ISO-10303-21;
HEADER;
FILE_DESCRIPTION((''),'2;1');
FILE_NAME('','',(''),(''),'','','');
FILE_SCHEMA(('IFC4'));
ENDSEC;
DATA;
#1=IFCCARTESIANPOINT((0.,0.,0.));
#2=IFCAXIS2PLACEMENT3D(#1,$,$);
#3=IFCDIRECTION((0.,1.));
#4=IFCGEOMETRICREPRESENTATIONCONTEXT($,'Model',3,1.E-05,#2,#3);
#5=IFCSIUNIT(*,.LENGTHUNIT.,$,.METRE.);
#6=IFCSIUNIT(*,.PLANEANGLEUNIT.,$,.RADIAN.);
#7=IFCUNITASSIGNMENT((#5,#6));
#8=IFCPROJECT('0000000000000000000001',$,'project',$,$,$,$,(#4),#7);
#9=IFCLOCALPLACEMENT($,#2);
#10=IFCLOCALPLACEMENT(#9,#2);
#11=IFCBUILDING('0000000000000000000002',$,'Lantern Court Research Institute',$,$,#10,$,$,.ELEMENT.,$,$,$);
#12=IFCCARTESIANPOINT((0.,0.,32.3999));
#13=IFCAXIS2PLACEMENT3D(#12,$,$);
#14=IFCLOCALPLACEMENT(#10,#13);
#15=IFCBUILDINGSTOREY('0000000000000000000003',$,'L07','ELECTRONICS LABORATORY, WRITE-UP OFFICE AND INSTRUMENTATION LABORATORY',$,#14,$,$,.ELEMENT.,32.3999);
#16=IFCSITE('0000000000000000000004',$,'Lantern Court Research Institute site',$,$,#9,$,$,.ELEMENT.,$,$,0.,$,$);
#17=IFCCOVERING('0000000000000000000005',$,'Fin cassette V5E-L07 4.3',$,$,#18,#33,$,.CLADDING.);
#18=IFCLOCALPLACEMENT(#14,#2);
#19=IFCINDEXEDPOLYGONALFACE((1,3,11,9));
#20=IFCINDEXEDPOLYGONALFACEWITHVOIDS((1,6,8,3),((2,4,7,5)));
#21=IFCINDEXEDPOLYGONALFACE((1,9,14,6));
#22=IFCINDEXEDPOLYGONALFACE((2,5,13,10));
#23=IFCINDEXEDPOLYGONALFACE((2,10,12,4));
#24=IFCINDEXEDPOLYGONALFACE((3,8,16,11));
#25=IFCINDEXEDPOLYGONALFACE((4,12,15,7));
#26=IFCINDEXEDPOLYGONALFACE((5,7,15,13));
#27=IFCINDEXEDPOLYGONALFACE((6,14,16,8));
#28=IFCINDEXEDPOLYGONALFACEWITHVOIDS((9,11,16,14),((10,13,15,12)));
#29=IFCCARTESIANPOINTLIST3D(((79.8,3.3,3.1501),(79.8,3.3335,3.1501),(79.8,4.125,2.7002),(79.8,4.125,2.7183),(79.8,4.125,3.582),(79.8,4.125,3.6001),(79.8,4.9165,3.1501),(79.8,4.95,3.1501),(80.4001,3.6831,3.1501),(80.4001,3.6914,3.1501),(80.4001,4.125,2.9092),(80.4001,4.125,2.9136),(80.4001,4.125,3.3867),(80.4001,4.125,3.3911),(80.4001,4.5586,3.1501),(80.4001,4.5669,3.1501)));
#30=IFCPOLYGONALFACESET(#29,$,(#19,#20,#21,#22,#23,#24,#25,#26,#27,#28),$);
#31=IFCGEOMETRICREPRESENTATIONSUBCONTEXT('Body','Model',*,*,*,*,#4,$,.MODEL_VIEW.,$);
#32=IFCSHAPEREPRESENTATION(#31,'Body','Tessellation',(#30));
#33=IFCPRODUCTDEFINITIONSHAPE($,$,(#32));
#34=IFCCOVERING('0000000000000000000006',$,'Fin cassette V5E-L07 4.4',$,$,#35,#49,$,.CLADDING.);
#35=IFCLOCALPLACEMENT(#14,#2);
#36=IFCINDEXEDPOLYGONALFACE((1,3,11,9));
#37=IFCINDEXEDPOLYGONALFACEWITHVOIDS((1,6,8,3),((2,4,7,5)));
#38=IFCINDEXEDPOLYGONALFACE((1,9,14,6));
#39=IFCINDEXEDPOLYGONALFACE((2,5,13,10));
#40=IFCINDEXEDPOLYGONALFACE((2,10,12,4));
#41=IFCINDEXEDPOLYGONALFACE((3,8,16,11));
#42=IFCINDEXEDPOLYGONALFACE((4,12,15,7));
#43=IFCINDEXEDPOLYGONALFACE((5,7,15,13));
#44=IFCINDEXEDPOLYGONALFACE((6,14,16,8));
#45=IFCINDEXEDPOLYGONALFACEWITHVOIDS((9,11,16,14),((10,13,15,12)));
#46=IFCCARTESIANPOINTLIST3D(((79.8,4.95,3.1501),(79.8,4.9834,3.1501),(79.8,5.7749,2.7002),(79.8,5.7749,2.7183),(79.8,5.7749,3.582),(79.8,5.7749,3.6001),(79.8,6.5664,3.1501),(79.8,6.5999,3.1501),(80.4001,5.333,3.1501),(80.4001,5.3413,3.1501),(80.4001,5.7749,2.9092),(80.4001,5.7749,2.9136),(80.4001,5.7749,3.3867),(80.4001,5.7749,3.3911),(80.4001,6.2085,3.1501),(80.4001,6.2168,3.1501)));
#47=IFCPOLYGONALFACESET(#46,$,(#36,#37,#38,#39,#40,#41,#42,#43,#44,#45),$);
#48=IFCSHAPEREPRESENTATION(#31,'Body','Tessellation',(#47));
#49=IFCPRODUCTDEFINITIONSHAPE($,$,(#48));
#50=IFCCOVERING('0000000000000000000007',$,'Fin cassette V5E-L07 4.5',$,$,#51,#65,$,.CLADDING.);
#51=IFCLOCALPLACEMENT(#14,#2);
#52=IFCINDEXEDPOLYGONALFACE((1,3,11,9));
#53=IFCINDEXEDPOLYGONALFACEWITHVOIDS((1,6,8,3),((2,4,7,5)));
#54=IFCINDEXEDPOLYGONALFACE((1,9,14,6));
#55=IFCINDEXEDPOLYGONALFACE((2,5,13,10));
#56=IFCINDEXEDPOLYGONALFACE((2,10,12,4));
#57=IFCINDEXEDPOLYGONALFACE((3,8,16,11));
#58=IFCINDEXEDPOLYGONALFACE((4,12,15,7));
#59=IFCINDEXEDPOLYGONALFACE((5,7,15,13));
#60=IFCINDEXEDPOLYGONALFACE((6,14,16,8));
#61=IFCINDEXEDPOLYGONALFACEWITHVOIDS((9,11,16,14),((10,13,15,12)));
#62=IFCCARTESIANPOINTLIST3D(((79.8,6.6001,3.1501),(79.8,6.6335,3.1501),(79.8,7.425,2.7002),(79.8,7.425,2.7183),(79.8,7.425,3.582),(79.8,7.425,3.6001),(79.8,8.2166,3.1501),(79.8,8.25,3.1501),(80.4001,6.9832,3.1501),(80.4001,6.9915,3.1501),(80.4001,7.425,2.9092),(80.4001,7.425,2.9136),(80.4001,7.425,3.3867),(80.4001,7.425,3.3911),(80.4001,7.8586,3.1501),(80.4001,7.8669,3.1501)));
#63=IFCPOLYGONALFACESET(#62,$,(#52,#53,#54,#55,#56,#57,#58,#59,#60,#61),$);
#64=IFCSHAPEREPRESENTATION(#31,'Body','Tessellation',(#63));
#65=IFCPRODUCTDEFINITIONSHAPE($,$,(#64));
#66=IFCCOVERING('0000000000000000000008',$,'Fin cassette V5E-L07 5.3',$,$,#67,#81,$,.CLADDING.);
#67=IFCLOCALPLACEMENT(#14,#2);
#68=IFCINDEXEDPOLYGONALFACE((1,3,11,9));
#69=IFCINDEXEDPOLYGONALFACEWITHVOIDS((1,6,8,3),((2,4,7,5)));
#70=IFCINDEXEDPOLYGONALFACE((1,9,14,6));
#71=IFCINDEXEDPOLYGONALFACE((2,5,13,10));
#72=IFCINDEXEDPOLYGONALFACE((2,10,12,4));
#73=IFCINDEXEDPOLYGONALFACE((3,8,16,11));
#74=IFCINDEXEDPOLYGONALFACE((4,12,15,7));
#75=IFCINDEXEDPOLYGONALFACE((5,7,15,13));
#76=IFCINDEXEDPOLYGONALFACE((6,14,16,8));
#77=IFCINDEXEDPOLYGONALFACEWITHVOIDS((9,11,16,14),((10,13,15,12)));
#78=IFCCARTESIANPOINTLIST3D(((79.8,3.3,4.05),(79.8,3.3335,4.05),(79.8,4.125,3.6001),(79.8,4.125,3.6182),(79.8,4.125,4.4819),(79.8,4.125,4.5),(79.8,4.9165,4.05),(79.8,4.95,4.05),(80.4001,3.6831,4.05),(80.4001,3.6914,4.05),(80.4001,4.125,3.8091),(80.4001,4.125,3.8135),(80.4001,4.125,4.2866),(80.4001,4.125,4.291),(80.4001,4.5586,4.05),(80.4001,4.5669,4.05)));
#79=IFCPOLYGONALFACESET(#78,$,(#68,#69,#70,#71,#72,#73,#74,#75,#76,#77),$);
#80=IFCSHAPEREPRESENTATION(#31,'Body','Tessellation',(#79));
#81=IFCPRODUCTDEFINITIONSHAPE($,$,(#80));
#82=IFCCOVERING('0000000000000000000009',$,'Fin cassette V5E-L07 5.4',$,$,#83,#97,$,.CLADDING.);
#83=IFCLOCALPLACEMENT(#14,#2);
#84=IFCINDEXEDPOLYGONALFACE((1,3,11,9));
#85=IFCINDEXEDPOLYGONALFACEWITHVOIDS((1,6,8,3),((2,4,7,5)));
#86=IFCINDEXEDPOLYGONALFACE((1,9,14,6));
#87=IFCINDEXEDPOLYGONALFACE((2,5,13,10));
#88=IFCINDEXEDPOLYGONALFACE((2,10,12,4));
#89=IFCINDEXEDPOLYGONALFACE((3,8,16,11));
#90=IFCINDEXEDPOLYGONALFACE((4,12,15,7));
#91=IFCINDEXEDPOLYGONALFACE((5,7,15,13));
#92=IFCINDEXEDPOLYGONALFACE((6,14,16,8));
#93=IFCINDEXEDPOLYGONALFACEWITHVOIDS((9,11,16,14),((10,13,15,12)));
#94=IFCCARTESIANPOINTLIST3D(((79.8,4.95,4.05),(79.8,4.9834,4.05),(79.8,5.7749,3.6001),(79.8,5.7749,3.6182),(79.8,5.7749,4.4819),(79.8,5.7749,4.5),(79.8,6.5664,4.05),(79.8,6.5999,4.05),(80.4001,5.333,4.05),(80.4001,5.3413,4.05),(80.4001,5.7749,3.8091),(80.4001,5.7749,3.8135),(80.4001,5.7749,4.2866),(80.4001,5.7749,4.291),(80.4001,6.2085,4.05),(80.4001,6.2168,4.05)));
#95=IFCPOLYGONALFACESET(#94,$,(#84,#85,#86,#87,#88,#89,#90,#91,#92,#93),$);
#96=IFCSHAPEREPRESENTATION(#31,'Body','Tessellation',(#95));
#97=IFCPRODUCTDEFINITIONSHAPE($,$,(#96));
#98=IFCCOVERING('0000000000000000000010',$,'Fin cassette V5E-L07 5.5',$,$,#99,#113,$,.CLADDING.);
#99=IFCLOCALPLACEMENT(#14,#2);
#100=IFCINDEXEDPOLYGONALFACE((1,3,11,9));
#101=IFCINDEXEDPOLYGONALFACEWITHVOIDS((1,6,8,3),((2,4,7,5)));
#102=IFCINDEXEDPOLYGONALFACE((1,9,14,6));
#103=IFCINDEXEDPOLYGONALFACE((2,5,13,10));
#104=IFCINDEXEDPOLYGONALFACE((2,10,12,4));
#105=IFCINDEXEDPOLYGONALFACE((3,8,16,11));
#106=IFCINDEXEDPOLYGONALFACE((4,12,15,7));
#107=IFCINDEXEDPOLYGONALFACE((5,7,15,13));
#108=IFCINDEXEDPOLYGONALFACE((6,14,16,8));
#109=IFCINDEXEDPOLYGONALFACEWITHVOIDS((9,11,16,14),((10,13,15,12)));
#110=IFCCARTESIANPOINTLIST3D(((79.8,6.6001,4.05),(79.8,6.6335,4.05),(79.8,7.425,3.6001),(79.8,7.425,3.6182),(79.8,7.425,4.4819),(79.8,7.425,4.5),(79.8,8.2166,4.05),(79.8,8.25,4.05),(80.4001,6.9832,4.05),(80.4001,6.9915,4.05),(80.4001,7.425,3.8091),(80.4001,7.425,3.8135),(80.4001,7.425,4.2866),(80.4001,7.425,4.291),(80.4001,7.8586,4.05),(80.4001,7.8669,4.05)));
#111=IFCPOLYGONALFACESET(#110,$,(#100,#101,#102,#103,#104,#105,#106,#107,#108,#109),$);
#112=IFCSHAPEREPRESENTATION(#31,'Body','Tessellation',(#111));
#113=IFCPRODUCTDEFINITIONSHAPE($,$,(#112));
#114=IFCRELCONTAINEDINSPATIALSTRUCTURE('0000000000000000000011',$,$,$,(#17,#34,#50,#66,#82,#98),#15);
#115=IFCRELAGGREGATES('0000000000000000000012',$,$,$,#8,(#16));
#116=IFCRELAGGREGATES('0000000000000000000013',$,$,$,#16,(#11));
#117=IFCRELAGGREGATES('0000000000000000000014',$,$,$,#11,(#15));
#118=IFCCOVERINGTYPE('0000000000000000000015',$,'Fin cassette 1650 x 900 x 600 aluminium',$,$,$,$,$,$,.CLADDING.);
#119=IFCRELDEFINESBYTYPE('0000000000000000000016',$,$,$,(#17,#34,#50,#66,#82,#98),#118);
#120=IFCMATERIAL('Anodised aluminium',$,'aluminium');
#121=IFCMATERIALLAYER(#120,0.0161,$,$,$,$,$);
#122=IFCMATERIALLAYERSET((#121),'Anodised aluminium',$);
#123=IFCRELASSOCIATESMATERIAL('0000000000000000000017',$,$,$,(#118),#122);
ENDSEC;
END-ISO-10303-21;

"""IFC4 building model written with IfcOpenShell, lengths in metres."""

from ifc_helpers import new_model, entity, si_unit, direction, frame, origin, place, context, subcontext, project, spatial, material, layer, layer_set, type_object, element, save


model = new_model("IFC4")

# Units and contexts
model_context = context("Model", 3, precision=1e-05, world=origin(), true_north=direction((0.0, 1.0)))
body_context = subcontext(model_context, "Body", "Model", "MODEL_VIEW")
ifc_project = project(units=[si_unit("LENGTHUNIT", "METRE"), si_unit("PLANEANGLEUNIT", "RADIAN")], contexts=[model_context])

# Site, building, storey
site_placement = place(None, origin())
site = spatial("IfcSite", under=ifc_project, at=site_placement, Name="Lantern Court Research Institute site", CompositionType="ELEMENT", RefElevation=0.0)
building_placement = place(site_placement, origin())
building = spatial("IfcBuilding", under=site, at=building_placement, Name="Lantern Court Research Institute", CompositionType="ELEMENT")
storey_placement = place(building_placement, frame((0.0, 0.0, 32.3999)))
storey = spatial("IfcBuildingStorey", under=building, at=storey_placement, Name="L07", Description="ELECTRONICS LABORATORY, WRITE-UP OFFICE AND INSTRUMENTATION LABORATORY", CompositionType="ELEMENT", Elevation=32.3999)

# Coverings
ifc_material_1 = material(Name="Anodised aluminium", Category="aluminium")
ifc_layer_1 = layer(ifc_material_1, 0.0161)
ifc_layer_set_1 = layer_set([ifc_layer_1], Name="Anodised aluminium")
covering_type = type_object("IfcCoveringType", Name="Fin cassette 1650 x 900 x 600 aluminium", PredefinedType="CLADDING", material=ifc_layer_set_1)
covering_1_placement = place(storey_placement, frame((79.8, 4.125, 3.1501), z_axis=(1.0, 0.0, 0.0), x_axis=(0.0, 1.0, 0.0)))
cartesian_point_1 = entity("IfcCartesianPoint", [0.825, 0.0])
cartesian_point_2 = entity("IfcCartesianPoint", [0.7915, 0.0])
cartesian_point_3 = entity("IfcCartesianPoint", [0.4419, 0.0])
cartesian_point_4 = entity("IfcCartesianPoint", [0.4336, 0.0])
element("IfcCovering", 1, at=covering_1_placement, inside=storey, type_object=covering_type, Name="Fin cassette V5E-L07 4.3", PredefinedType="CLADDING", context=body_context, shape_type="SweptSolid", body=[
    entity("IfcExtrudedAreaSolidTapered", entity("IfcArbitraryProfileDefWithVoids", "AREA", None, entity("IfcPolyline", [cartesian_point_1, entity("IfcCartesianPoint", [0.0, 0.45]), entity("IfcCartesianPoint", [-0.825, 0.0]), entity("IfcCartesianPoint", [0.0, -0.45]), cartesian_point_1]), [entity("IfcPolyline", [cartesian_point_2, entity("IfcCartesianPoint", [0.0, 0.4319]), entity("IfcCartesianPoint", [-0.7915, 0.0]), entity("IfcCartesianPoint", [0.0, -0.4319]), cartesian_point_2])]), entity("IfcAxis2Placement3D", entity("IfcCartesianPoint", [0.0, 0.0, 0.0])), entity("IfcDirection", [0.0, 0.0, 1.0]), 0.6001, entity("IfcArbitraryProfileDefWithVoids", "AREA", None, entity("IfcPolyline", [cartesian_point_3, entity("IfcCartesianPoint", [0.0, 0.241]), entity("IfcCartesianPoint", [-0.4419, 0.0]), entity("IfcCartesianPoint", [0.0, -0.241]), cartesian_point_3]), [entity("IfcPolyline", [cartesian_point_4, entity("IfcCartesianPoint", [0.0, 0.2366]), entity("IfcCartesianPoint", [-0.4336, 0.0]), entity("IfcCartesianPoint", [0.0, -0.2366]), cartesian_point_4])])),
])
covering_2_placement = place(storey_placement, frame((79.8, 5.7749, 3.1501), z_axis=(1.0, 0.0, 0.0), x_axis=(0.0, 1.0, 0.0)))
cartesian_point_5 = entity("IfcCartesianPoint", [0.825, 0.0])
cartesian_point_6 = entity("IfcCartesianPoint", [0.7915, 0.0])
cartesian_point_7 = entity("IfcCartesianPoint", [0.4419, 0.0])
cartesian_point_8 = entity("IfcCartesianPoint", [0.4336, 0.0])
element("IfcCovering", 2, at=covering_2_placement, inside=storey, type_object=covering_type, Name="Fin cassette V5E-L07 4.4", PredefinedType="CLADDING", context=body_context, shape_type="SweptSolid", body=[
    entity("IfcExtrudedAreaSolidTapered", entity("IfcArbitraryProfileDefWithVoids", "AREA", None, entity("IfcPolyline", [cartesian_point_5, entity("IfcCartesianPoint", [0.0, 0.45]), entity("IfcCartesianPoint", [-0.825, 0.0]), entity("IfcCartesianPoint", [0.0, -0.45]), cartesian_point_5]), [entity("IfcPolyline", [cartesian_point_6, entity("IfcCartesianPoint", [0.0, 0.4319]), entity("IfcCartesianPoint", [-0.7915, 0.0]), entity("IfcCartesianPoint", [0.0, -0.4319]), cartesian_point_6])]), entity("IfcAxis2Placement3D", entity("IfcCartesianPoint", [0.0, 0.0, 0.0])), entity("IfcDirection", [0.0, 0.0, 1.0]), 0.6001, entity("IfcArbitraryProfileDefWithVoids", "AREA", None, entity("IfcPolyline", [cartesian_point_7, entity("IfcCartesianPoint", [0.0, 0.241]), entity("IfcCartesianPoint", [-0.4419, 0.0]), entity("IfcCartesianPoint", [0.0, -0.241]), cartesian_point_7]), [entity("IfcPolyline", [cartesian_point_8, entity("IfcCartesianPoint", [0.0, 0.2366]), entity("IfcCartesianPoint", [-0.4336, 0.0]), entity("IfcCartesianPoint", [0.0, -0.2366]), cartesian_point_8])])),
])
covering_3_placement = place(storey_placement, frame((79.8, 7.425, 3.1501), z_axis=(1.0, 0.0, 0.0), x_axis=(0.0, 1.0, 0.0)))
cartesian_point_9 = entity("IfcCartesianPoint", [0.825, 0.0])
cartesian_point_10 = entity("IfcCartesianPoint", [0.7915, 0.0])
cartesian_point_11 = entity("IfcCartesianPoint", [0.4419, 0.0])
cartesian_point_12 = entity("IfcCartesianPoint", [0.4336, 0.0])
element("IfcCovering", 3, at=covering_3_placement, inside=storey, type_object=covering_type, Name="Fin cassette V5E-L07 4.5", PredefinedType="CLADDING", context=body_context, shape_type="SweptSolid", body=[
    entity("IfcExtrudedAreaSolidTapered", entity("IfcArbitraryProfileDefWithVoids", "AREA", None, entity("IfcPolyline", [cartesian_point_9, entity("IfcCartesianPoint", [0.0, 0.45]), entity("IfcCartesianPoint", [-0.825, 0.0]), entity("IfcCartesianPoint", [0.0, -0.45]), cartesian_point_9]), [entity("IfcPolyline", [cartesian_point_10, entity("IfcCartesianPoint", [0.0, 0.4319]), entity("IfcCartesianPoint", [-0.7915, 0.0]), entity("IfcCartesianPoint", [0.0, -0.4319]), cartesian_point_10])]), entity("IfcAxis2Placement3D", entity("IfcCartesianPoint", [0.0, 0.0, 0.0])), entity("IfcDirection", [0.0, 0.0, 1.0]), 0.6001, entity("IfcArbitraryProfileDefWithVoids", "AREA", None, entity("IfcPolyline", [cartesian_point_11, entity("IfcCartesianPoint", [0.0, 0.241]), entity("IfcCartesianPoint", [-0.4419, 0.0]), entity("IfcCartesianPoint", [0.0, -0.241]), cartesian_point_11]), [entity("IfcPolyline", [cartesian_point_12, entity("IfcCartesianPoint", [0.0, 0.2366]), entity("IfcCartesianPoint", [-0.4336, 0.0]), entity("IfcCartesianPoint", [0.0, -0.2366]), cartesian_point_12])])),
])
covering_4_placement = place(storey_placement, frame((79.8, 4.125, 4.05), z_axis=(1.0, 0.0, 0.0), x_axis=(0.0, 1.0, 0.0)))
cartesian_point_13 = entity("IfcCartesianPoint", [0.825, 0.0])
cartesian_point_14 = entity("IfcCartesianPoint", [0.7915, 0.0])
cartesian_point_15 = entity("IfcCartesianPoint", [0.4419, 0.0])
cartesian_point_16 = entity("IfcCartesianPoint", [0.4336, 0.0])
element("IfcCovering", 4, at=covering_4_placement, inside=storey, type_object=covering_type, Name="Fin cassette V5E-L07 5.3", PredefinedType="CLADDING", context=body_context, shape_type="SweptSolid", body=[
    entity("IfcExtrudedAreaSolidTapered", entity("IfcArbitraryProfileDefWithVoids", "AREA", None, entity("IfcPolyline", [cartesian_point_13, entity("IfcCartesianPoint", [0.0, 0.45]), entity("IfcCartesianPoint", [-0.825, 0.0]), entity("IfcCartesianPoint", [0.0, -0.45]), cartesian_point_13]), [entity("IfcPolyline", [cartesian_point_14, entity("IfcCartesianPoint", [0.0, 0.4319]), entity("IfcCartesianPoint", [-0.7915, 0.0]), entity("IfcCartesianPoint", [0.0, -0.4319]), cartesian_point_14])]), entity("IfcAxis2Placement3D", entity("IfcCartesianPoint", [0.0, 0.0, 0.0])), entity("IfcDirection", [0.0, 0.0, 1.0]), 0.6001, entity("IfcArbitraryProfileDefWithVoids", "AREA", None, entity("IfcPolyline", [cartesian_point_15, entity("IfcCartesianPoint", [0.0, 0.241]), entity("IfcCartesianPoint", [-0.4419, 0.0]), entity("IfcCartesianPoint", [0.0, -0.241]), cartesian_point_15]), [entity("IfcPolyline", [cartesian_point_16, entity("IfcCartesianPoint", [0.0, 0.2366]), entity("IfcCartesianPoint", [-0.4336, 0.0]), entity("IfcCartesianPoint", [0.0, -0.2366]), cartesian_point_16])])),
])
covering_5_placement = place(storey_placement, frame((79.8, 5.7749, 4.05), z_axis=(1.0, 0.0, 0.0), x_axis=(0.0, 1.0, 0.0)))
cartesian_point_17 = entity("IfcCartesianPoint", [0.825, 0.0])
cartesian_point_18 = entity("IfcCartesianPoint", [0.7915, 0.0])
cartesian_point_19 = entity("IfcCartesianPoint", [0.4419, 0.0])
cartesian_point_20 = entity("IfcCartesianPoint", [0.4336, 0.0])
element("IfcCovering", 5, at=covering_5_placement, inside=storey, type_object=covering_type, Name="Fin cassette V5E-L07 5.4", PredefinedType="CLADDING", context=body_context, shape_type="SweptSolid", body=[
    entity("IfcExtrudedAreaSolidTapered", entity("IfcArbitraryProfileDefWithVoids", "AREA", None, entity("IfcPolyline", [cartesian_point_17, entity("IfcCartesianPoint", [0.0, 0.45]), entity("IfcCartesianPoint", [-0.825, 0.0]), entity("IfcCartesianPoint", [0.0, -0.45]), cartesian_point_17]), [entity("IfcPolyline", [cartesian_point_18, entity("IfcCartesianPoint", [0.0, 0.4319]), entity("IfcCartesianPoint", [-0.7915, 0.0]), entity("IfcCartesianPoint", [0.0, -0.4319]), cartesian_point_18])]), entity("IfcAxis2Placement3D", entity("IfcCartesianPoint", [0.0, 0.0, 0.0])), entity("IfcDirection", [0.0, 0.0, 1.0]), 0.6001, entity("IfcArbitraryProfileDefWithVoids", "AREA", None, entity("IfcPolyline", [cartesian_point_19, entity("IfcCartesianPoint", [0.0, 0.241]), entity("IfcCartesianPoint", [-0.4419, 0.0]), entity("IfcCartesianPoint", [0.0, -0.241]), cartesian_point_19]), [entity("IfcPolyline", [cartesian_point_20, entity("IfcCartesianPoint", [0.0, 0.2366]), entity("IfcCartesianPoint", [-0.4336, 0.0]), entity("IfcCartesianPoint", [0.0, -0.2366]), cartesian_point_20])])),
])
covering_6_placement = place(storey_placement, frame((79.8, 7.425, 4.05), z_axis=(1.0, 0.0, 0.0), x_axis=(0.0, 1.0, 0.0)))
cartesian_point_21 = entity("IfcCartesianPoint", [0.825, 0.0])
cartesian_point_22 = entity("IfcCartesianPoint", [0.7915, 0.0])
cartesian_point_23 = entity("IfcCartesianPoint", [0.4419, 0.0])
cartesian_point_24 = entity("IfcCartesianPoint", [0.4336, 0.0])
element("IfcCovering", 6, at=covering_6_placement, inside=storey, type_object=covering_type, Name="Fin cassette V5E-L07 5.5", PredefinedType="CLADDING", context=body_context, shape_type="SweptSolid", body=[
    entity("IfcExtrudedAreaSolidTapered", entity("IfcArbitraryProfileDefWithVoids", "AREA", None, entity("IfcPolyline", [cartesian_point_21, entity("IfcCartesianPoint", [0.0, 0.45]), entity("IfcCartesianPoint", [-0.825, 0.0]), entity("IfcCartesianPoint", [0.0, -0.45]), cartesian_point_21]), [entity("IfcPolyline", [cartesian_point_22, entity("IfcCartesianPoint", [0.0, 0.4319]), entity("IfcCartesianPoint", [-0.7915, 0.0]), entity("IfcCartesianPoint", [0.0, -0.4319]), cartesian_point_22])]), entity("IfcAxis2Placement3D", entity("IfcCartesianPoint", [0.0, 0.0, 0.0])), entity("IfcDirection", [0.0, 0.0, 1.0]), 0.6001, entity("IfcArbitraryProfileDefWithVoids", "AREA", None, entity("IfcPolyline", [cartesian_point_23, entity("IfcCartesianPoint", [0.0, 0.241]), entity("IfcCartesianPoint", [-0.4419, 0.0]), entity("IfcCartesianPoint", [0.0, -0.241]), cartesian_point_23]), [entity("IfcPolyline", [cartesian_point_24, entity("IfcCartesianPoint", [0.0, 0.2366]), entity("IfcCartesianPoint", [-0.4336, 0.0]), entity("IfcCartesianPoint", [0.0, -0.2366]), cartesian_point_24])])),
])

save(model, "model.ifc")
